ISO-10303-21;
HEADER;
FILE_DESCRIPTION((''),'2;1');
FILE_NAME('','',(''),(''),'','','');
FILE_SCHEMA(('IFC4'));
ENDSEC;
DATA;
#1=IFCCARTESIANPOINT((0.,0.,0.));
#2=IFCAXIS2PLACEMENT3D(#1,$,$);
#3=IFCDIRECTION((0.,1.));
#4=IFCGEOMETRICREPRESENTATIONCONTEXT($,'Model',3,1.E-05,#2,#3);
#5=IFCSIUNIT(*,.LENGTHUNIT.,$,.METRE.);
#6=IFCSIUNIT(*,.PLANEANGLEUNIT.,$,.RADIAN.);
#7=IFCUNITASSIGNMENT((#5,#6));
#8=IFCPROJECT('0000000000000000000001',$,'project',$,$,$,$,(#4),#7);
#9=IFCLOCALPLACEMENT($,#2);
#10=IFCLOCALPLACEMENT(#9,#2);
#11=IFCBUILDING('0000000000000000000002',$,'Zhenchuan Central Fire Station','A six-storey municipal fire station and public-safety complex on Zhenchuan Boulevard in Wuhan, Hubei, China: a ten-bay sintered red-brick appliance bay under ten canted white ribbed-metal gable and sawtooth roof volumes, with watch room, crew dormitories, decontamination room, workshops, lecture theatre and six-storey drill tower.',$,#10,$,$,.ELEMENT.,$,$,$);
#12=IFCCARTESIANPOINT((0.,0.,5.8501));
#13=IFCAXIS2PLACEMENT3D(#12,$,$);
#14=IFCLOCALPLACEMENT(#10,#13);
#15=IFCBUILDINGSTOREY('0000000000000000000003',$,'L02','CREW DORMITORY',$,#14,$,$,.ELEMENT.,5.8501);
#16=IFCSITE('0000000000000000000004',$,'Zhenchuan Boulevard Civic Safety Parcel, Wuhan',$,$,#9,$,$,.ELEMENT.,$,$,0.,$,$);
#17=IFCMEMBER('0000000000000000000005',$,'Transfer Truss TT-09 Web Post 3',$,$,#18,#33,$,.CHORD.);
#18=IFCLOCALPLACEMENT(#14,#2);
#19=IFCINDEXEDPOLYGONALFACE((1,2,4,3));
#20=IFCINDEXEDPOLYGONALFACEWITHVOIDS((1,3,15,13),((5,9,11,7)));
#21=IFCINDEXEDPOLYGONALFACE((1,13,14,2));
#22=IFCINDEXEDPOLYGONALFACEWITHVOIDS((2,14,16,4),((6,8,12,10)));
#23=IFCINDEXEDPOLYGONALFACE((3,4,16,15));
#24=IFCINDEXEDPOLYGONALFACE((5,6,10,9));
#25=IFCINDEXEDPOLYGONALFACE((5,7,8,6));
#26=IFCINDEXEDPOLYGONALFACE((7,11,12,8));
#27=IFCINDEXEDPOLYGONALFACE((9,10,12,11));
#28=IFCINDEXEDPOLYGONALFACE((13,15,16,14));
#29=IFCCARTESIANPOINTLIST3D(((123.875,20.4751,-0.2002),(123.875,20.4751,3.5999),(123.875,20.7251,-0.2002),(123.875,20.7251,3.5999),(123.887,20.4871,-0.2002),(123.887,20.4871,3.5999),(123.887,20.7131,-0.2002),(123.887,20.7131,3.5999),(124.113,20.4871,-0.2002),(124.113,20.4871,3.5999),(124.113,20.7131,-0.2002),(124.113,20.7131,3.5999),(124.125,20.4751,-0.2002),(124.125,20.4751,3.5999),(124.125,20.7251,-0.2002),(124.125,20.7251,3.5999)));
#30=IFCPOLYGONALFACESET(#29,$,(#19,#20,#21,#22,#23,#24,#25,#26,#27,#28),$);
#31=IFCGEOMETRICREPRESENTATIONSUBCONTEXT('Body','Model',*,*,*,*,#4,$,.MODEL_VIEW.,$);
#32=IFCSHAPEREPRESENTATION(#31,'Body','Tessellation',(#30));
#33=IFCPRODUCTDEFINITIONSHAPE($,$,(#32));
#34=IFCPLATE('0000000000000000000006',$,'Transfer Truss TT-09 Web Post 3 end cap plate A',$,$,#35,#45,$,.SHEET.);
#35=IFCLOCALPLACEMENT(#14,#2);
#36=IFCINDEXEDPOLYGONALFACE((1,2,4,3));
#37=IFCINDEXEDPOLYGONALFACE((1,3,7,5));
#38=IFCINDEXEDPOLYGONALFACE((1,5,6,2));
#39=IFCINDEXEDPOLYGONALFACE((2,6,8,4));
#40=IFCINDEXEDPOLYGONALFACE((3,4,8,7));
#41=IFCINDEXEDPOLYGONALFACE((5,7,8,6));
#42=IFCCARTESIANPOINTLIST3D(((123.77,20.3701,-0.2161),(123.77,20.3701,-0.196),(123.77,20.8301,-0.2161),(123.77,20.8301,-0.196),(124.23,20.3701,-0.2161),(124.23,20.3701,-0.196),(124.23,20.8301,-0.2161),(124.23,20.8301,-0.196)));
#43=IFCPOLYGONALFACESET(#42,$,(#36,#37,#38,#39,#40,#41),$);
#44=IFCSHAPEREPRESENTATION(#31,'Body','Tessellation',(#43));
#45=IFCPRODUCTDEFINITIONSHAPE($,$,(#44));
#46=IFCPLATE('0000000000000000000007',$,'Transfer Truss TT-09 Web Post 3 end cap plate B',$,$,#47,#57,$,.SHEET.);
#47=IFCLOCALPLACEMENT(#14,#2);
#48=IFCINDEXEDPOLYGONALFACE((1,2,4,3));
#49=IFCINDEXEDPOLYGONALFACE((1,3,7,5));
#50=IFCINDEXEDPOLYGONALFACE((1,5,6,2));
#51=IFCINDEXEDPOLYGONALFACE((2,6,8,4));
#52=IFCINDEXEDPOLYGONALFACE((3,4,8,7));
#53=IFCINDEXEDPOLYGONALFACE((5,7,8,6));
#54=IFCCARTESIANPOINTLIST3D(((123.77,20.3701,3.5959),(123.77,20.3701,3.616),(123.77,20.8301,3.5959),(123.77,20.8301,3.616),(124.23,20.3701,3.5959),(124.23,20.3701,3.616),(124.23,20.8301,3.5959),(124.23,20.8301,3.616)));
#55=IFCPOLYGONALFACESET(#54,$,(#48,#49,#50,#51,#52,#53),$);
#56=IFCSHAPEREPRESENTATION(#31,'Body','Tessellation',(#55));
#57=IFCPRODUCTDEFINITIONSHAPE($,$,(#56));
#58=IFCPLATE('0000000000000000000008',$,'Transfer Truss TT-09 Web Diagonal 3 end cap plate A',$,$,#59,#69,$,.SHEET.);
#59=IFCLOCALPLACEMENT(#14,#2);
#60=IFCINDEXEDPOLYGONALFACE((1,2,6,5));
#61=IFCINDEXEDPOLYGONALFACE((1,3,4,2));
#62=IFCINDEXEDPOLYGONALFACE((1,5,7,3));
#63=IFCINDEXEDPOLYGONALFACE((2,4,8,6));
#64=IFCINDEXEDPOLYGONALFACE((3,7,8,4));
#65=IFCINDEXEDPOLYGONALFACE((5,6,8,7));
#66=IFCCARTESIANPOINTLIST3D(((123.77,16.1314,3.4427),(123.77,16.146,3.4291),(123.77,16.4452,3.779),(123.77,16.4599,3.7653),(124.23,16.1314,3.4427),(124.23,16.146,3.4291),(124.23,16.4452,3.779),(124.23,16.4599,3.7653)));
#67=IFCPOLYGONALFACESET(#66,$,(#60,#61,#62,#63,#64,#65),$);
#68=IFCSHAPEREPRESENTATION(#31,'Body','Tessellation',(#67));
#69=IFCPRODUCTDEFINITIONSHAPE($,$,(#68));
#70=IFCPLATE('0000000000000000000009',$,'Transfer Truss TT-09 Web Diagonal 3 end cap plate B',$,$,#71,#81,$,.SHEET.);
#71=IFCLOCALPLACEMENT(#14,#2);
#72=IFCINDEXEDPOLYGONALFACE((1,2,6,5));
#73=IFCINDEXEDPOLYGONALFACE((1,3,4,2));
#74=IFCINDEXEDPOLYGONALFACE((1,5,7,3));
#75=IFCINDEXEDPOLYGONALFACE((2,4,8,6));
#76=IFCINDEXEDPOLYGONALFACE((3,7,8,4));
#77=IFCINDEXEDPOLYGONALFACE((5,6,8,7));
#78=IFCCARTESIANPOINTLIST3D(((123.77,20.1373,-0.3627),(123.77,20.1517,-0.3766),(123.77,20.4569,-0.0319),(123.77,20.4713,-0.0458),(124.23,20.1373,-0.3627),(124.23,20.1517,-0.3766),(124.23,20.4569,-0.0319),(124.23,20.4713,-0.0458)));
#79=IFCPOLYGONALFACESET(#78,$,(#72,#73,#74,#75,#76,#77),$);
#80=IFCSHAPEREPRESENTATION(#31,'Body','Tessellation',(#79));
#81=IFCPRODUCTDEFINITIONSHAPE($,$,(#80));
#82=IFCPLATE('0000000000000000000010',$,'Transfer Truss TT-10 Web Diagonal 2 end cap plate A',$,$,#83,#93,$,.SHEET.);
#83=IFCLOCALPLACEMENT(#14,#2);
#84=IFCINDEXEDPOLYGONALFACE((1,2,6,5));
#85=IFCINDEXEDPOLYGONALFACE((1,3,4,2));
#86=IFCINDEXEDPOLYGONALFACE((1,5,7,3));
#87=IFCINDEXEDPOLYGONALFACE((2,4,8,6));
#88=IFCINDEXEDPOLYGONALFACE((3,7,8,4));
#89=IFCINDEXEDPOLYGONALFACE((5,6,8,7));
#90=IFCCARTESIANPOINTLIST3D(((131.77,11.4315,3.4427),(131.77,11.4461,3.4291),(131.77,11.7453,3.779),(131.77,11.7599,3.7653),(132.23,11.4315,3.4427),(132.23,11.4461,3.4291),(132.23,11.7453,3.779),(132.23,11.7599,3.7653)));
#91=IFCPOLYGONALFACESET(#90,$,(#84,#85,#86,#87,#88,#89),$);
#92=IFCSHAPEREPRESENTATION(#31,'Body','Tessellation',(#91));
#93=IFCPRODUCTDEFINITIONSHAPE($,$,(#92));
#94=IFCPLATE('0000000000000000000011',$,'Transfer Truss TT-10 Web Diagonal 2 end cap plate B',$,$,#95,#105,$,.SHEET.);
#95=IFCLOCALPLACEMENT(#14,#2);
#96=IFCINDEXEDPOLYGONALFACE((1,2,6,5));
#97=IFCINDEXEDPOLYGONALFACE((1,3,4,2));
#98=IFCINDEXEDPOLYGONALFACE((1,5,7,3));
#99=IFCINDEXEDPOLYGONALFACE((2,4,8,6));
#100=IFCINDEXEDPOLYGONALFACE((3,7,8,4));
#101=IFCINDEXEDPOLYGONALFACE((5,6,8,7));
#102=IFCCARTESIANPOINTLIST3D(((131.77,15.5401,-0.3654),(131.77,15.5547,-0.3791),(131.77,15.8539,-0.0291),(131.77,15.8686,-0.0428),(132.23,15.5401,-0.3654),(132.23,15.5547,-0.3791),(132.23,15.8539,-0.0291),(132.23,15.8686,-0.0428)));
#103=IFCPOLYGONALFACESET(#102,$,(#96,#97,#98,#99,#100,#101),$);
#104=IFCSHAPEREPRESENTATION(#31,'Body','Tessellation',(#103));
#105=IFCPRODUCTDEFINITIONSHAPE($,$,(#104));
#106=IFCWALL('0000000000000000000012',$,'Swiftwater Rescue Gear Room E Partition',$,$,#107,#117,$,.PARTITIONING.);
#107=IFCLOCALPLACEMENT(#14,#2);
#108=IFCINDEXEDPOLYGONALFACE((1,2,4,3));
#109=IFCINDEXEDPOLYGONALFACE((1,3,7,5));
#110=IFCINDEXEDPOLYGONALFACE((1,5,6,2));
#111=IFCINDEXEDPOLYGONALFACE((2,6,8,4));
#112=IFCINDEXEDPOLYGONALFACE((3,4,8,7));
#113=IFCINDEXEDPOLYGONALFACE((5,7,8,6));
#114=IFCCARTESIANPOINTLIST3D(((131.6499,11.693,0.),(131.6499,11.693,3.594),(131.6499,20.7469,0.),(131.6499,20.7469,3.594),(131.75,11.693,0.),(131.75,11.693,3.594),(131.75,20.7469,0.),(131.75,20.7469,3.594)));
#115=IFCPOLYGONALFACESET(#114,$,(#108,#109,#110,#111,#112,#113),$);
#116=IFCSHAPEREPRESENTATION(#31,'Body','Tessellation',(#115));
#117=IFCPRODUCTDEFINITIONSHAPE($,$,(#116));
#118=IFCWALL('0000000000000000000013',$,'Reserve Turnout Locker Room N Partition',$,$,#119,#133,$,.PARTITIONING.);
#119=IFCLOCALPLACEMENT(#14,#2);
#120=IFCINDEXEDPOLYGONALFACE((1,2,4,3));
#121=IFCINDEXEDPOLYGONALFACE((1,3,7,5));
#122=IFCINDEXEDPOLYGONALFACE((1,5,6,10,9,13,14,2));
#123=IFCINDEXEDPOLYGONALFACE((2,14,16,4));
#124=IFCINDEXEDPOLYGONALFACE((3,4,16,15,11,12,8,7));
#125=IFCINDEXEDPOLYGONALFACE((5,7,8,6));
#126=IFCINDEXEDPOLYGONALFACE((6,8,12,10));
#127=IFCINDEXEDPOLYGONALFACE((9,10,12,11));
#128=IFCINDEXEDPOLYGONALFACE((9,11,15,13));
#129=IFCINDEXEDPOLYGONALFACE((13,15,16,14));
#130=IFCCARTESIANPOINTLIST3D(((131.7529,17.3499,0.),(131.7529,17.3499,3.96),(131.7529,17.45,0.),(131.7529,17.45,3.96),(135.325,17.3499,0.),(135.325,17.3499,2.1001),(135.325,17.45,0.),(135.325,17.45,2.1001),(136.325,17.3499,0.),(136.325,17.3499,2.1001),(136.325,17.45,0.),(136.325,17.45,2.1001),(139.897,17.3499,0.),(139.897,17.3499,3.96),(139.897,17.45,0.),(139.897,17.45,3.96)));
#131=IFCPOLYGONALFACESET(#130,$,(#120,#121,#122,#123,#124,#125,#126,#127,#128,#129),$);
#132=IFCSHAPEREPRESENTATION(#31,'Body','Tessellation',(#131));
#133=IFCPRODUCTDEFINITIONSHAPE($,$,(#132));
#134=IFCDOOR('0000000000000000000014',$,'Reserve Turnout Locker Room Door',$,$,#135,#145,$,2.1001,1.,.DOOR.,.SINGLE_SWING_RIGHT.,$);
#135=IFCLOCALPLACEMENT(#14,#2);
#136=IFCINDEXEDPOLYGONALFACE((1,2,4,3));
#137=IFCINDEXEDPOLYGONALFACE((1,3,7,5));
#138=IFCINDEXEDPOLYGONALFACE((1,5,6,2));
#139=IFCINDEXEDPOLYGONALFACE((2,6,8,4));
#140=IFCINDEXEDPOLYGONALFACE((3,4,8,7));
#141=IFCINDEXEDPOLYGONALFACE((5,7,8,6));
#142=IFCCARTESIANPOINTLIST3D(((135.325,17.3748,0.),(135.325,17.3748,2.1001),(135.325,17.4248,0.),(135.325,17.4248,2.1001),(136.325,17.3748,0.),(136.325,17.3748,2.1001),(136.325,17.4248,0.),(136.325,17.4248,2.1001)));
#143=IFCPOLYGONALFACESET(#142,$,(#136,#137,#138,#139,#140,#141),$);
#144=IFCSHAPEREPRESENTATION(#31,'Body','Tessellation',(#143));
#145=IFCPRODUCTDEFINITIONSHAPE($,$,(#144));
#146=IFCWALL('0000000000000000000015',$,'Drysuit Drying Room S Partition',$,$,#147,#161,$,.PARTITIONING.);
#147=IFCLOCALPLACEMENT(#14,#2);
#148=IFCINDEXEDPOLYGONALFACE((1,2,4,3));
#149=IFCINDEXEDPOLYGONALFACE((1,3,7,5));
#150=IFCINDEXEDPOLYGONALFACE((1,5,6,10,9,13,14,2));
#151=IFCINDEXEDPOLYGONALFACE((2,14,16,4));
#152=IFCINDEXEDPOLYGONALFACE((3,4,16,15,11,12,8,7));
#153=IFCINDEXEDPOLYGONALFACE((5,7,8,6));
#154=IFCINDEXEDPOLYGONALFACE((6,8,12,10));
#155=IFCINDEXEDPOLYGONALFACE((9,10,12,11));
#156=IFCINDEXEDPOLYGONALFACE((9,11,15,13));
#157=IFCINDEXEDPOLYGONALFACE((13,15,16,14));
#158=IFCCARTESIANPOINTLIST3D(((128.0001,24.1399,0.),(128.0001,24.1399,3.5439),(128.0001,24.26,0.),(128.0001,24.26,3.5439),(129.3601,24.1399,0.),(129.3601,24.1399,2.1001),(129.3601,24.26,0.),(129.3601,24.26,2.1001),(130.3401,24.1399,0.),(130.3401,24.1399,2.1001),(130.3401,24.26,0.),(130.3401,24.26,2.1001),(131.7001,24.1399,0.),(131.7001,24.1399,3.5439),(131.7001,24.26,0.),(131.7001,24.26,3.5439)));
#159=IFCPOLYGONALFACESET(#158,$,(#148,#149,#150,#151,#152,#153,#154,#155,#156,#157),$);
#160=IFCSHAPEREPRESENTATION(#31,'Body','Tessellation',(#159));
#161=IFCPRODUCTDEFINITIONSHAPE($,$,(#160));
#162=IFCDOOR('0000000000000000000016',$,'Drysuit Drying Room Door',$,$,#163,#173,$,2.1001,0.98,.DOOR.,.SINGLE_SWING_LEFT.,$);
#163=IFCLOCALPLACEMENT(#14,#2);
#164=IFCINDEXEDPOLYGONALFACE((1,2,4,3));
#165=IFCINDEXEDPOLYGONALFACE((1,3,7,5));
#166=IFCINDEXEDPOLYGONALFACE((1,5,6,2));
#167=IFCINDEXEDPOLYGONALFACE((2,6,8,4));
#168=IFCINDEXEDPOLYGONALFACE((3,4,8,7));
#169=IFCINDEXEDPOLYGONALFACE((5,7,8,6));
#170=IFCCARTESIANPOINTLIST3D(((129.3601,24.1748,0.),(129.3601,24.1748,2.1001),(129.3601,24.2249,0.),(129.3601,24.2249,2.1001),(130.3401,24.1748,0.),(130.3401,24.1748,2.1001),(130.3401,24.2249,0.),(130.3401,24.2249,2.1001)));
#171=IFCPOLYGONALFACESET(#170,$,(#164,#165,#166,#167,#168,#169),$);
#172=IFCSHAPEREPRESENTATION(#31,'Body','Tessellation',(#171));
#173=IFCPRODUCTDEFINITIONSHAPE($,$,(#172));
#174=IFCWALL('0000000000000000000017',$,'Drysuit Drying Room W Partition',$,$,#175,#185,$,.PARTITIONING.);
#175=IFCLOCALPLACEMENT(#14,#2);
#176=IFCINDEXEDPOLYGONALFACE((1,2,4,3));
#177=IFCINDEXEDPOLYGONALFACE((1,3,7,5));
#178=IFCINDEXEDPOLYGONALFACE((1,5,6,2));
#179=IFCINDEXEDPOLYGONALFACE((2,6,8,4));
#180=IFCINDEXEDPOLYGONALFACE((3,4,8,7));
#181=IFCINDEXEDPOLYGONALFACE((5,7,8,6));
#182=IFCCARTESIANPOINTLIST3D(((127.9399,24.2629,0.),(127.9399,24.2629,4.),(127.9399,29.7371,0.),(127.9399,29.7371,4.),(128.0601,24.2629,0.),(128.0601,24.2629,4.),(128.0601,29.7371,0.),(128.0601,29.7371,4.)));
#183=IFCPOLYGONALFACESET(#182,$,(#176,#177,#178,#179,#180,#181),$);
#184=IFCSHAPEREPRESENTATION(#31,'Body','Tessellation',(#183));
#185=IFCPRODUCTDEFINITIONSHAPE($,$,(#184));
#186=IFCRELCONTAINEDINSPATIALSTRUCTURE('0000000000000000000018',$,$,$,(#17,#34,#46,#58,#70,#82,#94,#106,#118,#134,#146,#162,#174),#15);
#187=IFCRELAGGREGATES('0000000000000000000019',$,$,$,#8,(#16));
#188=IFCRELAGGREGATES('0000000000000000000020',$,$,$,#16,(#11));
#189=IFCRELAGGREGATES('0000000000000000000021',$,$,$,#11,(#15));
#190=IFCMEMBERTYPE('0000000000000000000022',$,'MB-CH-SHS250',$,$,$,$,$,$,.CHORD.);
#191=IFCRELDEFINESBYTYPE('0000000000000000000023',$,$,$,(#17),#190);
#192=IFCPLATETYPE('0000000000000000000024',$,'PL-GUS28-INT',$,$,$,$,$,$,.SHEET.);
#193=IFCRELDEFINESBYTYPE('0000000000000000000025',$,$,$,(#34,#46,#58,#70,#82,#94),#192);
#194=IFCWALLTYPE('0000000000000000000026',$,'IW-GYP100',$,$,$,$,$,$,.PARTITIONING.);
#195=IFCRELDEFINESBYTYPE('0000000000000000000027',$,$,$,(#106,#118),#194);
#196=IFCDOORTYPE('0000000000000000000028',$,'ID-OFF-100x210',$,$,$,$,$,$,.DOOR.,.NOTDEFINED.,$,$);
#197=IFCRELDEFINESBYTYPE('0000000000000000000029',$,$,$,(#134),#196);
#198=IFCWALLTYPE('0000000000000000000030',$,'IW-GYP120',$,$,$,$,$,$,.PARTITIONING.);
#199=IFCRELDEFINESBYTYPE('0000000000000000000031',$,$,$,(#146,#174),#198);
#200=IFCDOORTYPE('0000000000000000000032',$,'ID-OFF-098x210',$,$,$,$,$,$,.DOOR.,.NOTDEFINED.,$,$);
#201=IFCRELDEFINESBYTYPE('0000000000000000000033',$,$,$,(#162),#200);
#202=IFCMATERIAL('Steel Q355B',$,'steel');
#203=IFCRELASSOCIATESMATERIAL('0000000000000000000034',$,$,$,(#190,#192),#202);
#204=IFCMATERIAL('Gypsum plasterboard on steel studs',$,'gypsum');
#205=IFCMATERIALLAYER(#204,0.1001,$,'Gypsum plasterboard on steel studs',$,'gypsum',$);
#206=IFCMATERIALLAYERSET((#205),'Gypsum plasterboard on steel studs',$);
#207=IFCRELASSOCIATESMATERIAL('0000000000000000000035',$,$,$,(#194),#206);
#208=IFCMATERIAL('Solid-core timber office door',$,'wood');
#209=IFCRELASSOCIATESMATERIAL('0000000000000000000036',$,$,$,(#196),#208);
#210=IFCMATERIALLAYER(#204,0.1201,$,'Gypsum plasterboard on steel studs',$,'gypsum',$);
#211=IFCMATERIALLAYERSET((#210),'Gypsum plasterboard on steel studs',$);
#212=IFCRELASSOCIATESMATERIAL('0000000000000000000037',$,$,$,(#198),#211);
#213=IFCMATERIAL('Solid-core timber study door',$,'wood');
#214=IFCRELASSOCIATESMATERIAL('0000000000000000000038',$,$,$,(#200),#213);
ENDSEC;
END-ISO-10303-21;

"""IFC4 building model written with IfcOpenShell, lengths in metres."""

from ifc_helpers import new_model, si_unit, direction, frame, frame_2d, origin, origin_2d, place, context, subcontext, project, spatial, rectangle, hollow_rectangle, extrude, material, layer, layer_set, material_profile, profile_set, type_object, element, fill, save


model = new_model("IFC4")

# Units and contexts
model_context = context("Model", 3, precision=1e-05, world=origin(), true_north=direction((0.0, 1.0)))
body_context = subcontext(model_context, "Body", "Model", "MODEL_VIEW")
ifc_project = project(units=[si_unit("LENGTHUNIT", "METRE"), si_unit("PLANEANGLEUNIT", "RADIAN")], contexts=[model_context])

# Site, building, storey
site_placement = place(None, origin())
site = spatial("IfcSite", under=ifc_project, at=site_placement, Name="Zhenchuan Boulevard Civic Safety Parcel, Wuhan", CompositionType="ELEMENT", RefElevation=0.0)
building_placement = place(site_placement, origin())
building = spatial("IfcBuilding", under=site, at=building_placement, Name="Zhenchuan Central Fire Station", Description="A six-storey municipal fire station and public-safety complex on Zhenchuan Boulevard in Wuhan, Hubei, China: a ten-bay sintered red-brick appliance bay under ten canted white ribbed-metal gable and sawtooth roof volumes, with watch room, crew dormitories, decontamination room, workshops, lecture theatre and six-storey drill tower.", CompositionType="ELEMENT")
storey_placement = place(building_placement, frame((0.0, 0.0, 5.8501)))
storey = spatial("IfcBuildingStorey", under=building, at=storey_placement, Name="L02", Description="CREW DORMITORY", CompositionType="ELEMENT", Elevation=5.8501)

# Shared definitions
ifc_material_1 = material(Name="Steel Q355B", Category="steel")

# Member
ifc_material_profile_1 = material_profile(ifc_material_1, hollow_rectangle(XDim=0.25, YDim=0.25, WallThickness=0.012, at=origin_2d()), Name="SHS 250x250x12")
ifc_profile_set_1 = profile_set([ifc_material_profile_1], Name="Steel Q355B")
member_type_1 = type_object("IfcMemberType", Name="MB-CH-SHS250", PredefinedType="CHORD", material=ifc_profile_set_1)
member_1_placement = place(storey_placement, frame((124.0, 20.6001, -0.2002), z_axis=(0.0, 0.0, 1.0), x_axis=(1.0, 0.0, 0.0)))
element("IfcMember", 1, at=member_1_placement, inside=storey, type_object=member_type_1, Name="Transfer Truss TT-09 Web Post 3", PredefinedType="CHORD", context=body_context, shape_type="SweptSolid", body=[
    extrude(hollow_rectangle(XDim=0.25, YDim=0.25, WallThickness=0.012, at=origin_2d()), origin(), (0.0, 0.0, 1.0), 3.8),
])

# Plates
ifc_material_profile_2 = material_profile(ifc_material_1, rectangle(XDim=0.46, YDim=0.46, at=origin_2d()), Name="PL 460x460x28")
ifc_profile_set_2 = profile_set([ifc_material_profile_2], Name="Steel Q355B")
plate_type = type_object("IfcPlateType", Name="PL-GUS28-INT", PredefinedType="SHEET", material=ifc_profile_set_2)
for number, where, z_axis, x_axis, name in (
    (2, (124.0, 20.6001, -0.2161), (0.0, 0.0, 1.0), (1.0, 0.0, 0.0), "Transfer Truss TT-09 Web Post 3 end cap plate A"),
    (3, (124.0, 20.6001, 3.5959), (0.0, 0.0, 1.0), (1.0, 0.0, 0.0), "Transfer Truss TT-09 Web Post 3 end cap plate B"),
    (4, (124.0, 16.2883, 3.6108), (0.0, 0.731055, -0.682318), (-1.0, 0.0, 0.0), "Transfer Truss TT-09 Web Diagonal 3 end cap plate A"),
    (5, (124.0, 20.2971, -0.1973), (0.0, 0.719191, -0.694812), (-1.0, 0.0, 0.0), "Transfer Truss TT-09 Web Diagonal 3 end cap plate B"),
    (6, (132.0, 11.5884, 3.6108), (0.0, 0.731055, -0.682318), (-1.0, 0.0, 0.0), "Transfer Truss TT-10 Web Diagonal 2 end cap plate A"),
    (7, (132.0, 15.697, -0.1973), (0.0, 0.731055, -0.682318), (-1.0, 0.0, 0.0), "Transfer Truss TT-10 Web Diagonal 2 end cap plate B"),
):
    element("IfcPlate", number, at=place(storey_placement, frame(where, z_axis=z_axis, x_axis=x_axis)), inside=storey, type_object=plate_type, Name=name, PredefinedType="SHEET", context=body_context, shape_type="SweptSolid", body=[
        extrude(rectangle(XDim=0.46, YDim=0.46, at=origin_2d()), origin(), (0.0, 0.0, 1.0), 0.02),
    ])

# Wall
ifc_material_2 = material(Name="Gypsum plasterboard on steel studs", Category="gypsum")
ifc_layer_1 = layer(ifc_material_2, 0.1001, Name="Gypsum plasterboard on steel studs", Category="gypsum")
ifc_layer_set_1 = layer_set([ifc_layer_1], Name="Gypsum plasterboard on steel studs")
wall_type_1 = type_object("IfcWallType", Name="IW-GYP100", PredefinedType="PARTITIONING", material=ifc_layer_set_1)
wall_1_placement = place(storey_placement, frame((131.7, 11.6931, 0.0), z_axis=(0.0, 0.0, 1.0), x_axis=(0.0, 1.0, 0.0)))
element("IfcWall", 8, at=wall_1_placement, inside=storey, type_object=wall_type_1, Name="Swiftwater Rescue Gear Room E Partition", PredefinedType="PARTITIONING", context=body_context, shape_type="SweptSolid", body=[
    extrude(rectangle(XDim=9.054, YDim=0.1001, at=frame_2d((4.5269, 0.0))), origin(), (0.0, 0.0, 1.0), 3.594),
])

# Walls, openings, doors
wall_2_placement = place(storey_placement, frame((131.7529, 17.3999, 0.0), z_axis=(0.0, 0.0, 1.0), x_axis=(1.0, 0.0, 0.0)))
wall_2 = element("IfcWall", 9, at=wall_2_placement, inside=storey, type_object=wall_type_1, Name="Reserve Turnout Locker Room N Partition", PredefinedType="PARTITIONING", context=body_context, shape_type="SweptSolid", body=[
    extrude(rectangle(XDim=8.144, YDim=0.1001, at=frame_2d((4.072, 0.0))), origin(), (0.0, 0.0, 1.0), 3.96),
])
opening_1_placement = place(wall_2_placement, frame((3.572, 0.0, 0.0)))
opening_1 = element("IfcOpeningElement", 10, at=opening_1_placement, cuts=wall_2, PredefinedType="OPENING", context=body_context, shape_type="SweptSolid", body=[
    extrude(rectangle(XDim=1.0, YDim=2.1001, at=frame_2d((0.5, 1.05))), frame((0.0, 0.0601, 0.0), z_axis=(0.0, -1.0, 0.0), x_axis=(1.0, 0.0, 0.0)), (0.0, 0.0, 1.0), 0.1201),
])
ifc_material_3 = material(Name="Solid-core timber office door", Category="wood")
door_type_1 = type_object("IfcDoorType", Name="ID-OFF-100x210", OperationType="NOTDEFINED", PredefinedType="DOOR", material=ifc_material_3)
door_1_placement = place(opening_1_placement, origin())
door_1 = element("IfcDoor", 11, at=door_1_placement, inside=storey, type_object=door_type_1, Name="Reserve Turnout Locker Room Door", OperationType="SINGLE_SWING_RIGHT", OverallHeight=2.1001, OverallWidth=1.0, PredefinedType="DOOR", context=body_context, shape_type="SweptSolid", body=[
    extrude(rectangle(XDim=1.0, YDim=2.1001, at=frame_2d((0.5, 1.05))), frame((0.0, 0.0249, 0.0), z_axis=(0.0, -1.0, 0.0), x_axis=(1.0, 0.0, 0.0)), (0.0, 0.0, 1.0), 0.05),
])
fill(opening_1, door_1)
ifc_layer_2 = layer(ifc_material_2, 0.1201, Name="Gypsum plasterboard on steel studs", Category="gypsum")
ifc_layer_set_2 = layer_set([ifc_layer_2], Name="Gypsum plasterboard on steel studs")
wall_type_2 = type_object("IfcWallType", Name="IW-GYP120", PredefinedType="PARTITIONING", material=ifc_layer_set_2)
wall_3_placement = place(storey_placement, frame((128.0, 24.2, 0.0), z_axis=(0.0, 0.0, 1.0), x_axis=(1.0, 0.0, 0.0)))
wall_3 = element("IfcWall", 12, at=wall_3_placement, inside=storey, type_object=wall_type_2, Name="Drysuit Drying Room S Partition", PredefinedType="PARTITIONING", context=body_context, shape_type="SweptSolid", body=[
    extrude(rectangle(XDim=3.7, YDim=0.1201, at=frame_2d((1.8501, 0.0))), origin(), (0.0, 0.0, 1.0), 3.5439),
])
opening_2_placement = place(wall_3_placement, frame((1.3601, 0.0, 0.0)))
opening_2 = element("IfcOpeningElement", 13, at=opening_2_placement, cuts=wall_3, PredefinedType="OPENING", context=body_context, shape_type="SweptSolid", body=[
    extrude(rectangle(XDim=0.98, YDim=2.1001, at=frame_2d((0.49, 1.05))), frame((0.0, 0.0701, 0.0), z_axis=(0.0, -1.0, 0.0), x_axis=(1.0, 0.0, 0.0)), (0.0, 0.0, 1.0), 0.1401),
])
ifc_material_4 = material(Name="Solid-core timber study door", Category="wood")
door_type_2 = type_object("IfcDoorType", Name="ID-OFF-098x210", OperationType="NOTDEFINED", PredefinedType="DOOR", material=ifc_material_4)
door_2_placement = place(opening_2_placement, origin())
door_2 = element("IfcDoor", 14, at=door_2_placement, inside=storey, type_object=door_type_2, Name="Drysuit Drying Room Door", OperationType="SINGLE_SWING_LEFT", OverallHeight=2.1001, OverallWidth=0.98, PredefinedType="DOOR", context=body_context, shape_type="SweptSolid", body=[
    extrude(rectangle(XDim=0.98, YDim=2.1001, at=frame_2d((0.49, 1.05))), frame((0.0, 0.0249, 0.0), z_axis=(0.0, -1.0, 0.0), x_axis=(1.0, 0.0, 0.0)), (0.0, 0.0, 1.0), 0.05),
])
fill(opening_2, door_2)

# Wall
wall_4_placement = place(storey_placement, frame((128.0, 24.2629, 0.0), z_axis=(0.0, 0.0, 1.0), x_axis=(0.0, 1.0, 0.0)))
element("IfcWall", 15, at=wall_4_placement, inside=storey, type_object=wall_type_2, Name="Drysuit Drying Room W Partition", PredefinedType="PARTITIONING", context=body_context, shape_type="SweptSolid", body=[
    extrude(rectangle(XDim=5.4741, YDim=0.1201, at=frame_2d((2.7371, 0.0))), origin(), (0.0, 0.0, 1.0), 4.0),
])

save(model, "model.ifc")
